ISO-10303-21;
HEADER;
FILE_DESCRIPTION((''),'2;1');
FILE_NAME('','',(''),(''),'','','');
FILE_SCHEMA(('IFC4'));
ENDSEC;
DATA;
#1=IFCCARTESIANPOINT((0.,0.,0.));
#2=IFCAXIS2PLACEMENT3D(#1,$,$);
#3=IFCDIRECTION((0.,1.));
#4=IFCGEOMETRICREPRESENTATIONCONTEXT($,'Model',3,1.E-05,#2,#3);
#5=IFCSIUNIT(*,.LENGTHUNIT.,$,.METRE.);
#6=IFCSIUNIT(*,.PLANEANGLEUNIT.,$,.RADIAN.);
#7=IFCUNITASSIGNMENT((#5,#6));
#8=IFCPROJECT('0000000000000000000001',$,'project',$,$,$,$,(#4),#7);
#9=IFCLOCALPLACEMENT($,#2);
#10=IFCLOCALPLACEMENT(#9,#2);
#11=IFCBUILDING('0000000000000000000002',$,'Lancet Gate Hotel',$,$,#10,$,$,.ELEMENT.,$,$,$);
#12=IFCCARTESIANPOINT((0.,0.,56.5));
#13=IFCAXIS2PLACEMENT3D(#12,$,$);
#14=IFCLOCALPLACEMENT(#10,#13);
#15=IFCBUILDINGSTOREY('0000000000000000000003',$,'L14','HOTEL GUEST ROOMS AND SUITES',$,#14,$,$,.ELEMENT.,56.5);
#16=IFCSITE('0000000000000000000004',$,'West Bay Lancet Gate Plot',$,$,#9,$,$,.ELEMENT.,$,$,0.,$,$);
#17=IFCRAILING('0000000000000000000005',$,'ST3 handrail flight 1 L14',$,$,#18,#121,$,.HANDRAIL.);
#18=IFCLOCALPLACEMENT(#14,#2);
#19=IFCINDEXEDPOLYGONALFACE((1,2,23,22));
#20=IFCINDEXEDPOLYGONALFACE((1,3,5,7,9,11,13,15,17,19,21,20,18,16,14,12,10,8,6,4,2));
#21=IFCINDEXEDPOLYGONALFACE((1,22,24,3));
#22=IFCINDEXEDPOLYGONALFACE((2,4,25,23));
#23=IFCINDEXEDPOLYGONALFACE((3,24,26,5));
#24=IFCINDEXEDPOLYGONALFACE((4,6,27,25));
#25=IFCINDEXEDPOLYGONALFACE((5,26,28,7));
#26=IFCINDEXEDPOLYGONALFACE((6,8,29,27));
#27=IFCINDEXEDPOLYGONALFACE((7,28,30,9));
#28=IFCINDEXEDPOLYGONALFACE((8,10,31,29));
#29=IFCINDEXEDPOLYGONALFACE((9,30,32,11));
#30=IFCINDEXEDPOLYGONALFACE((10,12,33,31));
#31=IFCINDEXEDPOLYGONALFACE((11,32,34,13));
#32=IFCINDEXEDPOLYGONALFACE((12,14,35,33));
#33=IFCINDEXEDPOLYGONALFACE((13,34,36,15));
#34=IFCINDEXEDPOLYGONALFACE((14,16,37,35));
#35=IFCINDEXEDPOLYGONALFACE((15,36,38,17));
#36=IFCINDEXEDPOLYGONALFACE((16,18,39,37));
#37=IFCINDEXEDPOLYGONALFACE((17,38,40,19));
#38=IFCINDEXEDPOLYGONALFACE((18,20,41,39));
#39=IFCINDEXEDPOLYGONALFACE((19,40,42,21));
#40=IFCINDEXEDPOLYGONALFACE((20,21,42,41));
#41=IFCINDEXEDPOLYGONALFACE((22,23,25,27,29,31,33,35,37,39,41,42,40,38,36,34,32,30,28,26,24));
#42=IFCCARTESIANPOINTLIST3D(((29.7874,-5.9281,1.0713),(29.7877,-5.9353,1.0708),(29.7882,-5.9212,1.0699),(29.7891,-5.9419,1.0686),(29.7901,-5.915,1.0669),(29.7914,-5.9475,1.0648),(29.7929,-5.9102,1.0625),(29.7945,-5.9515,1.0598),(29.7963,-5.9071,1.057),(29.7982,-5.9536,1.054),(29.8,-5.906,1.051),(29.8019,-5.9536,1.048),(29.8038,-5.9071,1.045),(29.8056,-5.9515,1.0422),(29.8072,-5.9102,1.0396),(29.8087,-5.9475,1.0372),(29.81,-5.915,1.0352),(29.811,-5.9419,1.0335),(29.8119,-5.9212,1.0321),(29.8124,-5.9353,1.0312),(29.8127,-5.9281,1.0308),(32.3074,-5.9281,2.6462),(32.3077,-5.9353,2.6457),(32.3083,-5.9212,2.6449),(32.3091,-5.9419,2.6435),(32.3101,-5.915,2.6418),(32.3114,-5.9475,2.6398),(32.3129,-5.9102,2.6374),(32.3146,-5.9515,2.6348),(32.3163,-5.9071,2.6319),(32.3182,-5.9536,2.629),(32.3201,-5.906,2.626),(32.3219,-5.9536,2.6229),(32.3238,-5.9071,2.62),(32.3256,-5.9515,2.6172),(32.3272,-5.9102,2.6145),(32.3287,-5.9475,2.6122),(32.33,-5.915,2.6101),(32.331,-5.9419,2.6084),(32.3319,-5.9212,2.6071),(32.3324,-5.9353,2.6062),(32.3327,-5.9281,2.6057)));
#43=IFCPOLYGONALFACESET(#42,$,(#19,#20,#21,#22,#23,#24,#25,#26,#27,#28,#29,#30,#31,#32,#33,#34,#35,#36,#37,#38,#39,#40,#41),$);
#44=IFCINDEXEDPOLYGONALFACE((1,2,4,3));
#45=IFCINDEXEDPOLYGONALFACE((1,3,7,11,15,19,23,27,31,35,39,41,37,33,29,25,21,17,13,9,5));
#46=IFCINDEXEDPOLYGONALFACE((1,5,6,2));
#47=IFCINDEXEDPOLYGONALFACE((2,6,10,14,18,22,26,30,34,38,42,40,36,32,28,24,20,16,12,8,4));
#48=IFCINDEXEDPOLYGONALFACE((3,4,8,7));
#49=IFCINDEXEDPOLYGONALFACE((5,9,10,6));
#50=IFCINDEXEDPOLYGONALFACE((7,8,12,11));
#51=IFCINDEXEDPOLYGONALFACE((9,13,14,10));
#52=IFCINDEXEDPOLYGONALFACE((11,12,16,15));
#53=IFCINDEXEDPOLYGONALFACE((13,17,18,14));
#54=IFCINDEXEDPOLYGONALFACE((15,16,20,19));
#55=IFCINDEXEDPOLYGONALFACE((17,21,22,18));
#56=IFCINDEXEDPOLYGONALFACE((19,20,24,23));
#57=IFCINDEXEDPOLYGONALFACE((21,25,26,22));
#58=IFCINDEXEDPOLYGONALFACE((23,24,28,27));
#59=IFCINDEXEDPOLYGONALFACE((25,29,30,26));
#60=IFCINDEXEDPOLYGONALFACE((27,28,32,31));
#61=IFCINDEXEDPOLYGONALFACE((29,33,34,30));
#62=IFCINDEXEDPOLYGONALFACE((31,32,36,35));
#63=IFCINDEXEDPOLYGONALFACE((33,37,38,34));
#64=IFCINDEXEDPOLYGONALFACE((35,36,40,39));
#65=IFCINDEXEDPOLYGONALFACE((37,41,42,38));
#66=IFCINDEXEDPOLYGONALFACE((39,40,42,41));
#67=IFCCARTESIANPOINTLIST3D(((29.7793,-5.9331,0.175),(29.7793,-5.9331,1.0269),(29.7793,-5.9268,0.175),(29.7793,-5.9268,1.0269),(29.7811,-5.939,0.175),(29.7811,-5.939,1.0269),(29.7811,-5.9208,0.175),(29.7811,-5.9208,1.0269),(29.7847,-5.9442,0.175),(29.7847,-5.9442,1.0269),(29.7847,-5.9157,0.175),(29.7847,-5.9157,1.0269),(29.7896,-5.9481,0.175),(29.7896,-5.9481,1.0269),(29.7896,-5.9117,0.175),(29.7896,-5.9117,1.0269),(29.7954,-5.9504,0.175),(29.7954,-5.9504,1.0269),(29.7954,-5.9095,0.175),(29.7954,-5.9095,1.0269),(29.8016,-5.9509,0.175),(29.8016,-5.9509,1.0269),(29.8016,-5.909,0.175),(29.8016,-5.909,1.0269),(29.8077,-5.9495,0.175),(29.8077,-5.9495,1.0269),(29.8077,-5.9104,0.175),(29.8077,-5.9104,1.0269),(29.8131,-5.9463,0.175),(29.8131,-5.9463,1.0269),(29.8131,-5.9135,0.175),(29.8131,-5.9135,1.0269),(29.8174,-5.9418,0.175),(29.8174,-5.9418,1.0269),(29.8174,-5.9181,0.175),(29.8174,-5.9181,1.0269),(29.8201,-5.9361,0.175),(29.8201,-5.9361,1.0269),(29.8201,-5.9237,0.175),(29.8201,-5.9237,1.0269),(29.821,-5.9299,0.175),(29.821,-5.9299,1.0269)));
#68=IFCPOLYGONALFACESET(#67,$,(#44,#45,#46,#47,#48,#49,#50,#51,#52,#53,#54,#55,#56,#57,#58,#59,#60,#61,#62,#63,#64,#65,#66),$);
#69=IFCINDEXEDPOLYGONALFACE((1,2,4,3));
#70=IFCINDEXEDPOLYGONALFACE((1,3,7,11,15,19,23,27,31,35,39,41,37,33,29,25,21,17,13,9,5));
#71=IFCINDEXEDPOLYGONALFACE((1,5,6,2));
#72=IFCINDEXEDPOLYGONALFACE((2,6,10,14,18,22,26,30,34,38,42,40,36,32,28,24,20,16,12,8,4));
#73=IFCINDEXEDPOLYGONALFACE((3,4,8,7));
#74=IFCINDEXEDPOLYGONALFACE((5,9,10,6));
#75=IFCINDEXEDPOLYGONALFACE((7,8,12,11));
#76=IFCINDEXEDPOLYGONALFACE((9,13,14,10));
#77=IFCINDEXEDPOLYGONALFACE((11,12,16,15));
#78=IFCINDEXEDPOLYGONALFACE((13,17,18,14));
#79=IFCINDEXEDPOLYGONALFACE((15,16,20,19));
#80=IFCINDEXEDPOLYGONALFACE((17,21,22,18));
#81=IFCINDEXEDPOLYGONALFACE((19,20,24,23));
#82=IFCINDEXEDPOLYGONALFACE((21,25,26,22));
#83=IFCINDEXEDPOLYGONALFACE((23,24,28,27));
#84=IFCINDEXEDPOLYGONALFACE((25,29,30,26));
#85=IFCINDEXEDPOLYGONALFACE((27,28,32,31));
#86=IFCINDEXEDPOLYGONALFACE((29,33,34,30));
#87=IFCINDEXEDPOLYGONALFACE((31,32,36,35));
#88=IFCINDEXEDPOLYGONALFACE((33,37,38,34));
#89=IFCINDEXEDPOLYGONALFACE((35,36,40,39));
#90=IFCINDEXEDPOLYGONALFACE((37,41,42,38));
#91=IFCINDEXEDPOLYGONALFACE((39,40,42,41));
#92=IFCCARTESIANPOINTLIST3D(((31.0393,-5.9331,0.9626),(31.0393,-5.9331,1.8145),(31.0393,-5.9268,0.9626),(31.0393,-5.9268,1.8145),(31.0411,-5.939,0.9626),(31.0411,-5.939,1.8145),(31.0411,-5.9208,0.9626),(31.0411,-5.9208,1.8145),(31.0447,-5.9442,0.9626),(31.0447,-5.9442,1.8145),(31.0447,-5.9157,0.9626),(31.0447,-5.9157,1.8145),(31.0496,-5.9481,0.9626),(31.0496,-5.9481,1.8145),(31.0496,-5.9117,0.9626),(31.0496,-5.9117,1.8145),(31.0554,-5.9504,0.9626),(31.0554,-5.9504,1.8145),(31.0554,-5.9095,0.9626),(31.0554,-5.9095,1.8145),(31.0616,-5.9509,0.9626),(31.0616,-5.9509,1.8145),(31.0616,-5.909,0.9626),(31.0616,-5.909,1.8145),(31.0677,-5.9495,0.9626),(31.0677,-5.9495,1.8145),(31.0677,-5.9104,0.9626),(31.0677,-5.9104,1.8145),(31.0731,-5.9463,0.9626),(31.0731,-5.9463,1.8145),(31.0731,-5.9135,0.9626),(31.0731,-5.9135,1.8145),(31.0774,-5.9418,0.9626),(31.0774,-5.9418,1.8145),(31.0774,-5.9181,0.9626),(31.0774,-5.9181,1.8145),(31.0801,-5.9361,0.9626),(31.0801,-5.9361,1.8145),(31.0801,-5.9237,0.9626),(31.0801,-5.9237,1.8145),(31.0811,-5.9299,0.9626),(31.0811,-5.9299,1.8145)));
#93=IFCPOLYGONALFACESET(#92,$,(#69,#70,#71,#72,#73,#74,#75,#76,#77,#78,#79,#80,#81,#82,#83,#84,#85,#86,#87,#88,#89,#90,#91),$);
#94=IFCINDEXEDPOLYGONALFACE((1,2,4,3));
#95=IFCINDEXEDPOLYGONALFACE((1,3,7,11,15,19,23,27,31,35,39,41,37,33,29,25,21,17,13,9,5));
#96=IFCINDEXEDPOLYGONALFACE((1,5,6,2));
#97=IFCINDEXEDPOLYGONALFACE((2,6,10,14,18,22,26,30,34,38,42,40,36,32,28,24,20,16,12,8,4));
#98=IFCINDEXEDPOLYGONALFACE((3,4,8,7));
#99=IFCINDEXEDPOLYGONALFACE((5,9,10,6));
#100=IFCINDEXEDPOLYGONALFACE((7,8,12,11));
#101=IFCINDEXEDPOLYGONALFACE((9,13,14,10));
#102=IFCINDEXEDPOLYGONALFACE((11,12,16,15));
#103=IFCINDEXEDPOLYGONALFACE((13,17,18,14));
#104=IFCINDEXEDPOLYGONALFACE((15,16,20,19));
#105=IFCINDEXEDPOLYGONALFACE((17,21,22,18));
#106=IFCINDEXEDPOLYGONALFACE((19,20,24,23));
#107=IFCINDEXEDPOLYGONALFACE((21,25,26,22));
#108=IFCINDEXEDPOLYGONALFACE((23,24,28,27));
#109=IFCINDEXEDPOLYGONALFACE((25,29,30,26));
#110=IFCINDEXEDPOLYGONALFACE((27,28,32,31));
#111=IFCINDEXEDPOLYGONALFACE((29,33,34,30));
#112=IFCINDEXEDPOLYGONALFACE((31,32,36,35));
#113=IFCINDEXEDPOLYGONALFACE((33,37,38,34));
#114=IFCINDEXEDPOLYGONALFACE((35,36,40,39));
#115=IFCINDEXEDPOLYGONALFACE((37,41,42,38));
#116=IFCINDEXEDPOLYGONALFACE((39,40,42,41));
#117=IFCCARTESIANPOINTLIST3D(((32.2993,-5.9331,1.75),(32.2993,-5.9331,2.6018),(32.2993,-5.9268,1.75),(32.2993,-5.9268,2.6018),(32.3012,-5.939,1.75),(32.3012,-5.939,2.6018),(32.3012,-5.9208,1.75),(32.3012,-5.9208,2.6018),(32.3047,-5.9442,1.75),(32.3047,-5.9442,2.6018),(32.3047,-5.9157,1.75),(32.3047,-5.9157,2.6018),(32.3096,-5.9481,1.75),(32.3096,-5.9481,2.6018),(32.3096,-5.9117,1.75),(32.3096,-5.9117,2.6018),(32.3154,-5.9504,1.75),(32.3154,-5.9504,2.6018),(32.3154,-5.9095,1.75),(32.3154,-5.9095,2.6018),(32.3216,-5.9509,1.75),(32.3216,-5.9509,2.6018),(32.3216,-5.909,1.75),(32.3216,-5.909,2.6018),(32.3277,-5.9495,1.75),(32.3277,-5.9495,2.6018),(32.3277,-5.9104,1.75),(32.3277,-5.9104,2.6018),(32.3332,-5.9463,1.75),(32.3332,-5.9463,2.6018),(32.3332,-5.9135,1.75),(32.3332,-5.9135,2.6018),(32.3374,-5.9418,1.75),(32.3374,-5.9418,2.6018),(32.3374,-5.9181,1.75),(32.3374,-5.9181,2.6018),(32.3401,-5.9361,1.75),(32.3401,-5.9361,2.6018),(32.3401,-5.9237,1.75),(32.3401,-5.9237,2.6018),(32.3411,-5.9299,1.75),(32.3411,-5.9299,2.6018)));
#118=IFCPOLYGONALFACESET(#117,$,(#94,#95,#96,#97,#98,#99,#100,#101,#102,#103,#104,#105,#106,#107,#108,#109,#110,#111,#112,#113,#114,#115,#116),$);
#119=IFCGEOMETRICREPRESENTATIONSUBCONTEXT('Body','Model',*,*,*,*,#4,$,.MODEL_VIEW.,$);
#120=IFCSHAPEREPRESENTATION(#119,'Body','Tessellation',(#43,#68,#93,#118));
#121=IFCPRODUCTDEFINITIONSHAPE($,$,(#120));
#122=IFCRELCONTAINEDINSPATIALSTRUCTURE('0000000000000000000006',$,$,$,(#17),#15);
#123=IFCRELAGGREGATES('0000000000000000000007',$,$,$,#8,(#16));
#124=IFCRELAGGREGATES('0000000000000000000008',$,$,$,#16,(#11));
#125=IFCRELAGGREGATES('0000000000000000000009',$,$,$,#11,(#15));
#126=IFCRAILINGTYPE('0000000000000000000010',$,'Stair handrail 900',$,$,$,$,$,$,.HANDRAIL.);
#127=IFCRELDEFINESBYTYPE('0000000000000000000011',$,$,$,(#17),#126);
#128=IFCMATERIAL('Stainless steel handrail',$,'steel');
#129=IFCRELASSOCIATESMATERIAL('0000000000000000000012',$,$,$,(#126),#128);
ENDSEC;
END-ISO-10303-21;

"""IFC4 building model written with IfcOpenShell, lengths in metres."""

from ifc_helpers import new_model, si_unit, direction, frame, origin, origin_2d, place, context, subcontext, project, spatial, circle, extrude, material, type_object, element, save


model = new_model("IFC4")

# Units and contexts
model_context = context("Model", 3, precision=1e-05, world=origin(), true_north=direction((0.0, 1.0)))
body_context = subcontext(model_context, "Body", "Model", "MODEL_VIEW")
ifc_project = project(units=[si_unit("LENGTHUNIT", "METRE"), si_unit("PLANEANGLEUNIT", "RADIAN")], contexts=[model_context])

# Site, building, storey
site_placement = place(None, origin())
site = spatial("IfcSite", under=ifc_project, at=site_placement, Name="West Bay Lancet Gate Plot", CompositionType="ELEMENT", RefElevation=0.0)
building_placement = place(site_placement, origin())
building = spatial("IfcBuilding", under=site, at=building_placement, Name="Lancet Gate Hotel", CompositionType="ELEMENT")
storey_placement = place(building_placement, frame((0.0, 0.0, 56.5)))
storey = spatial("IfcBuildingStorey", under=building, at=storey_placement, Name="L14", Description="HOTEL GUEST ROOMS AND SUITES", CompositionType="ELEMENT", Elevation=56.5)

# Railing
ifc_material_1 = material(Name="Stainless steel handrail", Category="steel")
railing_type = type_object("IfcRailingType", Name="Stair handrail 900", PredefinedType="HANDRAIL", material=ifc_material_1)
railing_1_placement = place(storey_placement, frame((29.8, -5.9299, 0.175)))
element("IfcRailing", 1, at=railing_1_placement, inside=storey, type_object=railing_type, Name="ST3 handrail flight 1 L14", PredefinedType="HANDRAIL", context=body_context, shape_type="SweptSolid", body=[
    extrude(circle(Radius=0.0239, at=origin_2d()), frame((0.0, 0.0, 0.876), z_axis=(0.848008, 0.0, 0.529984), x_axis=(0.0, 1.0, 0.0)), (0.0, 0.0, 1.0), 2.9717),
    extrude(circle(Radius=0.021, at=origin_2d()), origin(), (0.0, 0.0, 1.0), 0.8518),
    extrude(circle(Radius=0.021, at=origin_2d()), frame((1.26, 0.0, 0.7876)), (0.0, 0.0, 1.0), 0.8518),
    extrude(circle(Radius=0.021, at=origin_2d()), frame((2.52, 0.0, 1.575)), (0.0, 0.0, 1.0), 0.8518),
])

save(model, "model.ifc")
